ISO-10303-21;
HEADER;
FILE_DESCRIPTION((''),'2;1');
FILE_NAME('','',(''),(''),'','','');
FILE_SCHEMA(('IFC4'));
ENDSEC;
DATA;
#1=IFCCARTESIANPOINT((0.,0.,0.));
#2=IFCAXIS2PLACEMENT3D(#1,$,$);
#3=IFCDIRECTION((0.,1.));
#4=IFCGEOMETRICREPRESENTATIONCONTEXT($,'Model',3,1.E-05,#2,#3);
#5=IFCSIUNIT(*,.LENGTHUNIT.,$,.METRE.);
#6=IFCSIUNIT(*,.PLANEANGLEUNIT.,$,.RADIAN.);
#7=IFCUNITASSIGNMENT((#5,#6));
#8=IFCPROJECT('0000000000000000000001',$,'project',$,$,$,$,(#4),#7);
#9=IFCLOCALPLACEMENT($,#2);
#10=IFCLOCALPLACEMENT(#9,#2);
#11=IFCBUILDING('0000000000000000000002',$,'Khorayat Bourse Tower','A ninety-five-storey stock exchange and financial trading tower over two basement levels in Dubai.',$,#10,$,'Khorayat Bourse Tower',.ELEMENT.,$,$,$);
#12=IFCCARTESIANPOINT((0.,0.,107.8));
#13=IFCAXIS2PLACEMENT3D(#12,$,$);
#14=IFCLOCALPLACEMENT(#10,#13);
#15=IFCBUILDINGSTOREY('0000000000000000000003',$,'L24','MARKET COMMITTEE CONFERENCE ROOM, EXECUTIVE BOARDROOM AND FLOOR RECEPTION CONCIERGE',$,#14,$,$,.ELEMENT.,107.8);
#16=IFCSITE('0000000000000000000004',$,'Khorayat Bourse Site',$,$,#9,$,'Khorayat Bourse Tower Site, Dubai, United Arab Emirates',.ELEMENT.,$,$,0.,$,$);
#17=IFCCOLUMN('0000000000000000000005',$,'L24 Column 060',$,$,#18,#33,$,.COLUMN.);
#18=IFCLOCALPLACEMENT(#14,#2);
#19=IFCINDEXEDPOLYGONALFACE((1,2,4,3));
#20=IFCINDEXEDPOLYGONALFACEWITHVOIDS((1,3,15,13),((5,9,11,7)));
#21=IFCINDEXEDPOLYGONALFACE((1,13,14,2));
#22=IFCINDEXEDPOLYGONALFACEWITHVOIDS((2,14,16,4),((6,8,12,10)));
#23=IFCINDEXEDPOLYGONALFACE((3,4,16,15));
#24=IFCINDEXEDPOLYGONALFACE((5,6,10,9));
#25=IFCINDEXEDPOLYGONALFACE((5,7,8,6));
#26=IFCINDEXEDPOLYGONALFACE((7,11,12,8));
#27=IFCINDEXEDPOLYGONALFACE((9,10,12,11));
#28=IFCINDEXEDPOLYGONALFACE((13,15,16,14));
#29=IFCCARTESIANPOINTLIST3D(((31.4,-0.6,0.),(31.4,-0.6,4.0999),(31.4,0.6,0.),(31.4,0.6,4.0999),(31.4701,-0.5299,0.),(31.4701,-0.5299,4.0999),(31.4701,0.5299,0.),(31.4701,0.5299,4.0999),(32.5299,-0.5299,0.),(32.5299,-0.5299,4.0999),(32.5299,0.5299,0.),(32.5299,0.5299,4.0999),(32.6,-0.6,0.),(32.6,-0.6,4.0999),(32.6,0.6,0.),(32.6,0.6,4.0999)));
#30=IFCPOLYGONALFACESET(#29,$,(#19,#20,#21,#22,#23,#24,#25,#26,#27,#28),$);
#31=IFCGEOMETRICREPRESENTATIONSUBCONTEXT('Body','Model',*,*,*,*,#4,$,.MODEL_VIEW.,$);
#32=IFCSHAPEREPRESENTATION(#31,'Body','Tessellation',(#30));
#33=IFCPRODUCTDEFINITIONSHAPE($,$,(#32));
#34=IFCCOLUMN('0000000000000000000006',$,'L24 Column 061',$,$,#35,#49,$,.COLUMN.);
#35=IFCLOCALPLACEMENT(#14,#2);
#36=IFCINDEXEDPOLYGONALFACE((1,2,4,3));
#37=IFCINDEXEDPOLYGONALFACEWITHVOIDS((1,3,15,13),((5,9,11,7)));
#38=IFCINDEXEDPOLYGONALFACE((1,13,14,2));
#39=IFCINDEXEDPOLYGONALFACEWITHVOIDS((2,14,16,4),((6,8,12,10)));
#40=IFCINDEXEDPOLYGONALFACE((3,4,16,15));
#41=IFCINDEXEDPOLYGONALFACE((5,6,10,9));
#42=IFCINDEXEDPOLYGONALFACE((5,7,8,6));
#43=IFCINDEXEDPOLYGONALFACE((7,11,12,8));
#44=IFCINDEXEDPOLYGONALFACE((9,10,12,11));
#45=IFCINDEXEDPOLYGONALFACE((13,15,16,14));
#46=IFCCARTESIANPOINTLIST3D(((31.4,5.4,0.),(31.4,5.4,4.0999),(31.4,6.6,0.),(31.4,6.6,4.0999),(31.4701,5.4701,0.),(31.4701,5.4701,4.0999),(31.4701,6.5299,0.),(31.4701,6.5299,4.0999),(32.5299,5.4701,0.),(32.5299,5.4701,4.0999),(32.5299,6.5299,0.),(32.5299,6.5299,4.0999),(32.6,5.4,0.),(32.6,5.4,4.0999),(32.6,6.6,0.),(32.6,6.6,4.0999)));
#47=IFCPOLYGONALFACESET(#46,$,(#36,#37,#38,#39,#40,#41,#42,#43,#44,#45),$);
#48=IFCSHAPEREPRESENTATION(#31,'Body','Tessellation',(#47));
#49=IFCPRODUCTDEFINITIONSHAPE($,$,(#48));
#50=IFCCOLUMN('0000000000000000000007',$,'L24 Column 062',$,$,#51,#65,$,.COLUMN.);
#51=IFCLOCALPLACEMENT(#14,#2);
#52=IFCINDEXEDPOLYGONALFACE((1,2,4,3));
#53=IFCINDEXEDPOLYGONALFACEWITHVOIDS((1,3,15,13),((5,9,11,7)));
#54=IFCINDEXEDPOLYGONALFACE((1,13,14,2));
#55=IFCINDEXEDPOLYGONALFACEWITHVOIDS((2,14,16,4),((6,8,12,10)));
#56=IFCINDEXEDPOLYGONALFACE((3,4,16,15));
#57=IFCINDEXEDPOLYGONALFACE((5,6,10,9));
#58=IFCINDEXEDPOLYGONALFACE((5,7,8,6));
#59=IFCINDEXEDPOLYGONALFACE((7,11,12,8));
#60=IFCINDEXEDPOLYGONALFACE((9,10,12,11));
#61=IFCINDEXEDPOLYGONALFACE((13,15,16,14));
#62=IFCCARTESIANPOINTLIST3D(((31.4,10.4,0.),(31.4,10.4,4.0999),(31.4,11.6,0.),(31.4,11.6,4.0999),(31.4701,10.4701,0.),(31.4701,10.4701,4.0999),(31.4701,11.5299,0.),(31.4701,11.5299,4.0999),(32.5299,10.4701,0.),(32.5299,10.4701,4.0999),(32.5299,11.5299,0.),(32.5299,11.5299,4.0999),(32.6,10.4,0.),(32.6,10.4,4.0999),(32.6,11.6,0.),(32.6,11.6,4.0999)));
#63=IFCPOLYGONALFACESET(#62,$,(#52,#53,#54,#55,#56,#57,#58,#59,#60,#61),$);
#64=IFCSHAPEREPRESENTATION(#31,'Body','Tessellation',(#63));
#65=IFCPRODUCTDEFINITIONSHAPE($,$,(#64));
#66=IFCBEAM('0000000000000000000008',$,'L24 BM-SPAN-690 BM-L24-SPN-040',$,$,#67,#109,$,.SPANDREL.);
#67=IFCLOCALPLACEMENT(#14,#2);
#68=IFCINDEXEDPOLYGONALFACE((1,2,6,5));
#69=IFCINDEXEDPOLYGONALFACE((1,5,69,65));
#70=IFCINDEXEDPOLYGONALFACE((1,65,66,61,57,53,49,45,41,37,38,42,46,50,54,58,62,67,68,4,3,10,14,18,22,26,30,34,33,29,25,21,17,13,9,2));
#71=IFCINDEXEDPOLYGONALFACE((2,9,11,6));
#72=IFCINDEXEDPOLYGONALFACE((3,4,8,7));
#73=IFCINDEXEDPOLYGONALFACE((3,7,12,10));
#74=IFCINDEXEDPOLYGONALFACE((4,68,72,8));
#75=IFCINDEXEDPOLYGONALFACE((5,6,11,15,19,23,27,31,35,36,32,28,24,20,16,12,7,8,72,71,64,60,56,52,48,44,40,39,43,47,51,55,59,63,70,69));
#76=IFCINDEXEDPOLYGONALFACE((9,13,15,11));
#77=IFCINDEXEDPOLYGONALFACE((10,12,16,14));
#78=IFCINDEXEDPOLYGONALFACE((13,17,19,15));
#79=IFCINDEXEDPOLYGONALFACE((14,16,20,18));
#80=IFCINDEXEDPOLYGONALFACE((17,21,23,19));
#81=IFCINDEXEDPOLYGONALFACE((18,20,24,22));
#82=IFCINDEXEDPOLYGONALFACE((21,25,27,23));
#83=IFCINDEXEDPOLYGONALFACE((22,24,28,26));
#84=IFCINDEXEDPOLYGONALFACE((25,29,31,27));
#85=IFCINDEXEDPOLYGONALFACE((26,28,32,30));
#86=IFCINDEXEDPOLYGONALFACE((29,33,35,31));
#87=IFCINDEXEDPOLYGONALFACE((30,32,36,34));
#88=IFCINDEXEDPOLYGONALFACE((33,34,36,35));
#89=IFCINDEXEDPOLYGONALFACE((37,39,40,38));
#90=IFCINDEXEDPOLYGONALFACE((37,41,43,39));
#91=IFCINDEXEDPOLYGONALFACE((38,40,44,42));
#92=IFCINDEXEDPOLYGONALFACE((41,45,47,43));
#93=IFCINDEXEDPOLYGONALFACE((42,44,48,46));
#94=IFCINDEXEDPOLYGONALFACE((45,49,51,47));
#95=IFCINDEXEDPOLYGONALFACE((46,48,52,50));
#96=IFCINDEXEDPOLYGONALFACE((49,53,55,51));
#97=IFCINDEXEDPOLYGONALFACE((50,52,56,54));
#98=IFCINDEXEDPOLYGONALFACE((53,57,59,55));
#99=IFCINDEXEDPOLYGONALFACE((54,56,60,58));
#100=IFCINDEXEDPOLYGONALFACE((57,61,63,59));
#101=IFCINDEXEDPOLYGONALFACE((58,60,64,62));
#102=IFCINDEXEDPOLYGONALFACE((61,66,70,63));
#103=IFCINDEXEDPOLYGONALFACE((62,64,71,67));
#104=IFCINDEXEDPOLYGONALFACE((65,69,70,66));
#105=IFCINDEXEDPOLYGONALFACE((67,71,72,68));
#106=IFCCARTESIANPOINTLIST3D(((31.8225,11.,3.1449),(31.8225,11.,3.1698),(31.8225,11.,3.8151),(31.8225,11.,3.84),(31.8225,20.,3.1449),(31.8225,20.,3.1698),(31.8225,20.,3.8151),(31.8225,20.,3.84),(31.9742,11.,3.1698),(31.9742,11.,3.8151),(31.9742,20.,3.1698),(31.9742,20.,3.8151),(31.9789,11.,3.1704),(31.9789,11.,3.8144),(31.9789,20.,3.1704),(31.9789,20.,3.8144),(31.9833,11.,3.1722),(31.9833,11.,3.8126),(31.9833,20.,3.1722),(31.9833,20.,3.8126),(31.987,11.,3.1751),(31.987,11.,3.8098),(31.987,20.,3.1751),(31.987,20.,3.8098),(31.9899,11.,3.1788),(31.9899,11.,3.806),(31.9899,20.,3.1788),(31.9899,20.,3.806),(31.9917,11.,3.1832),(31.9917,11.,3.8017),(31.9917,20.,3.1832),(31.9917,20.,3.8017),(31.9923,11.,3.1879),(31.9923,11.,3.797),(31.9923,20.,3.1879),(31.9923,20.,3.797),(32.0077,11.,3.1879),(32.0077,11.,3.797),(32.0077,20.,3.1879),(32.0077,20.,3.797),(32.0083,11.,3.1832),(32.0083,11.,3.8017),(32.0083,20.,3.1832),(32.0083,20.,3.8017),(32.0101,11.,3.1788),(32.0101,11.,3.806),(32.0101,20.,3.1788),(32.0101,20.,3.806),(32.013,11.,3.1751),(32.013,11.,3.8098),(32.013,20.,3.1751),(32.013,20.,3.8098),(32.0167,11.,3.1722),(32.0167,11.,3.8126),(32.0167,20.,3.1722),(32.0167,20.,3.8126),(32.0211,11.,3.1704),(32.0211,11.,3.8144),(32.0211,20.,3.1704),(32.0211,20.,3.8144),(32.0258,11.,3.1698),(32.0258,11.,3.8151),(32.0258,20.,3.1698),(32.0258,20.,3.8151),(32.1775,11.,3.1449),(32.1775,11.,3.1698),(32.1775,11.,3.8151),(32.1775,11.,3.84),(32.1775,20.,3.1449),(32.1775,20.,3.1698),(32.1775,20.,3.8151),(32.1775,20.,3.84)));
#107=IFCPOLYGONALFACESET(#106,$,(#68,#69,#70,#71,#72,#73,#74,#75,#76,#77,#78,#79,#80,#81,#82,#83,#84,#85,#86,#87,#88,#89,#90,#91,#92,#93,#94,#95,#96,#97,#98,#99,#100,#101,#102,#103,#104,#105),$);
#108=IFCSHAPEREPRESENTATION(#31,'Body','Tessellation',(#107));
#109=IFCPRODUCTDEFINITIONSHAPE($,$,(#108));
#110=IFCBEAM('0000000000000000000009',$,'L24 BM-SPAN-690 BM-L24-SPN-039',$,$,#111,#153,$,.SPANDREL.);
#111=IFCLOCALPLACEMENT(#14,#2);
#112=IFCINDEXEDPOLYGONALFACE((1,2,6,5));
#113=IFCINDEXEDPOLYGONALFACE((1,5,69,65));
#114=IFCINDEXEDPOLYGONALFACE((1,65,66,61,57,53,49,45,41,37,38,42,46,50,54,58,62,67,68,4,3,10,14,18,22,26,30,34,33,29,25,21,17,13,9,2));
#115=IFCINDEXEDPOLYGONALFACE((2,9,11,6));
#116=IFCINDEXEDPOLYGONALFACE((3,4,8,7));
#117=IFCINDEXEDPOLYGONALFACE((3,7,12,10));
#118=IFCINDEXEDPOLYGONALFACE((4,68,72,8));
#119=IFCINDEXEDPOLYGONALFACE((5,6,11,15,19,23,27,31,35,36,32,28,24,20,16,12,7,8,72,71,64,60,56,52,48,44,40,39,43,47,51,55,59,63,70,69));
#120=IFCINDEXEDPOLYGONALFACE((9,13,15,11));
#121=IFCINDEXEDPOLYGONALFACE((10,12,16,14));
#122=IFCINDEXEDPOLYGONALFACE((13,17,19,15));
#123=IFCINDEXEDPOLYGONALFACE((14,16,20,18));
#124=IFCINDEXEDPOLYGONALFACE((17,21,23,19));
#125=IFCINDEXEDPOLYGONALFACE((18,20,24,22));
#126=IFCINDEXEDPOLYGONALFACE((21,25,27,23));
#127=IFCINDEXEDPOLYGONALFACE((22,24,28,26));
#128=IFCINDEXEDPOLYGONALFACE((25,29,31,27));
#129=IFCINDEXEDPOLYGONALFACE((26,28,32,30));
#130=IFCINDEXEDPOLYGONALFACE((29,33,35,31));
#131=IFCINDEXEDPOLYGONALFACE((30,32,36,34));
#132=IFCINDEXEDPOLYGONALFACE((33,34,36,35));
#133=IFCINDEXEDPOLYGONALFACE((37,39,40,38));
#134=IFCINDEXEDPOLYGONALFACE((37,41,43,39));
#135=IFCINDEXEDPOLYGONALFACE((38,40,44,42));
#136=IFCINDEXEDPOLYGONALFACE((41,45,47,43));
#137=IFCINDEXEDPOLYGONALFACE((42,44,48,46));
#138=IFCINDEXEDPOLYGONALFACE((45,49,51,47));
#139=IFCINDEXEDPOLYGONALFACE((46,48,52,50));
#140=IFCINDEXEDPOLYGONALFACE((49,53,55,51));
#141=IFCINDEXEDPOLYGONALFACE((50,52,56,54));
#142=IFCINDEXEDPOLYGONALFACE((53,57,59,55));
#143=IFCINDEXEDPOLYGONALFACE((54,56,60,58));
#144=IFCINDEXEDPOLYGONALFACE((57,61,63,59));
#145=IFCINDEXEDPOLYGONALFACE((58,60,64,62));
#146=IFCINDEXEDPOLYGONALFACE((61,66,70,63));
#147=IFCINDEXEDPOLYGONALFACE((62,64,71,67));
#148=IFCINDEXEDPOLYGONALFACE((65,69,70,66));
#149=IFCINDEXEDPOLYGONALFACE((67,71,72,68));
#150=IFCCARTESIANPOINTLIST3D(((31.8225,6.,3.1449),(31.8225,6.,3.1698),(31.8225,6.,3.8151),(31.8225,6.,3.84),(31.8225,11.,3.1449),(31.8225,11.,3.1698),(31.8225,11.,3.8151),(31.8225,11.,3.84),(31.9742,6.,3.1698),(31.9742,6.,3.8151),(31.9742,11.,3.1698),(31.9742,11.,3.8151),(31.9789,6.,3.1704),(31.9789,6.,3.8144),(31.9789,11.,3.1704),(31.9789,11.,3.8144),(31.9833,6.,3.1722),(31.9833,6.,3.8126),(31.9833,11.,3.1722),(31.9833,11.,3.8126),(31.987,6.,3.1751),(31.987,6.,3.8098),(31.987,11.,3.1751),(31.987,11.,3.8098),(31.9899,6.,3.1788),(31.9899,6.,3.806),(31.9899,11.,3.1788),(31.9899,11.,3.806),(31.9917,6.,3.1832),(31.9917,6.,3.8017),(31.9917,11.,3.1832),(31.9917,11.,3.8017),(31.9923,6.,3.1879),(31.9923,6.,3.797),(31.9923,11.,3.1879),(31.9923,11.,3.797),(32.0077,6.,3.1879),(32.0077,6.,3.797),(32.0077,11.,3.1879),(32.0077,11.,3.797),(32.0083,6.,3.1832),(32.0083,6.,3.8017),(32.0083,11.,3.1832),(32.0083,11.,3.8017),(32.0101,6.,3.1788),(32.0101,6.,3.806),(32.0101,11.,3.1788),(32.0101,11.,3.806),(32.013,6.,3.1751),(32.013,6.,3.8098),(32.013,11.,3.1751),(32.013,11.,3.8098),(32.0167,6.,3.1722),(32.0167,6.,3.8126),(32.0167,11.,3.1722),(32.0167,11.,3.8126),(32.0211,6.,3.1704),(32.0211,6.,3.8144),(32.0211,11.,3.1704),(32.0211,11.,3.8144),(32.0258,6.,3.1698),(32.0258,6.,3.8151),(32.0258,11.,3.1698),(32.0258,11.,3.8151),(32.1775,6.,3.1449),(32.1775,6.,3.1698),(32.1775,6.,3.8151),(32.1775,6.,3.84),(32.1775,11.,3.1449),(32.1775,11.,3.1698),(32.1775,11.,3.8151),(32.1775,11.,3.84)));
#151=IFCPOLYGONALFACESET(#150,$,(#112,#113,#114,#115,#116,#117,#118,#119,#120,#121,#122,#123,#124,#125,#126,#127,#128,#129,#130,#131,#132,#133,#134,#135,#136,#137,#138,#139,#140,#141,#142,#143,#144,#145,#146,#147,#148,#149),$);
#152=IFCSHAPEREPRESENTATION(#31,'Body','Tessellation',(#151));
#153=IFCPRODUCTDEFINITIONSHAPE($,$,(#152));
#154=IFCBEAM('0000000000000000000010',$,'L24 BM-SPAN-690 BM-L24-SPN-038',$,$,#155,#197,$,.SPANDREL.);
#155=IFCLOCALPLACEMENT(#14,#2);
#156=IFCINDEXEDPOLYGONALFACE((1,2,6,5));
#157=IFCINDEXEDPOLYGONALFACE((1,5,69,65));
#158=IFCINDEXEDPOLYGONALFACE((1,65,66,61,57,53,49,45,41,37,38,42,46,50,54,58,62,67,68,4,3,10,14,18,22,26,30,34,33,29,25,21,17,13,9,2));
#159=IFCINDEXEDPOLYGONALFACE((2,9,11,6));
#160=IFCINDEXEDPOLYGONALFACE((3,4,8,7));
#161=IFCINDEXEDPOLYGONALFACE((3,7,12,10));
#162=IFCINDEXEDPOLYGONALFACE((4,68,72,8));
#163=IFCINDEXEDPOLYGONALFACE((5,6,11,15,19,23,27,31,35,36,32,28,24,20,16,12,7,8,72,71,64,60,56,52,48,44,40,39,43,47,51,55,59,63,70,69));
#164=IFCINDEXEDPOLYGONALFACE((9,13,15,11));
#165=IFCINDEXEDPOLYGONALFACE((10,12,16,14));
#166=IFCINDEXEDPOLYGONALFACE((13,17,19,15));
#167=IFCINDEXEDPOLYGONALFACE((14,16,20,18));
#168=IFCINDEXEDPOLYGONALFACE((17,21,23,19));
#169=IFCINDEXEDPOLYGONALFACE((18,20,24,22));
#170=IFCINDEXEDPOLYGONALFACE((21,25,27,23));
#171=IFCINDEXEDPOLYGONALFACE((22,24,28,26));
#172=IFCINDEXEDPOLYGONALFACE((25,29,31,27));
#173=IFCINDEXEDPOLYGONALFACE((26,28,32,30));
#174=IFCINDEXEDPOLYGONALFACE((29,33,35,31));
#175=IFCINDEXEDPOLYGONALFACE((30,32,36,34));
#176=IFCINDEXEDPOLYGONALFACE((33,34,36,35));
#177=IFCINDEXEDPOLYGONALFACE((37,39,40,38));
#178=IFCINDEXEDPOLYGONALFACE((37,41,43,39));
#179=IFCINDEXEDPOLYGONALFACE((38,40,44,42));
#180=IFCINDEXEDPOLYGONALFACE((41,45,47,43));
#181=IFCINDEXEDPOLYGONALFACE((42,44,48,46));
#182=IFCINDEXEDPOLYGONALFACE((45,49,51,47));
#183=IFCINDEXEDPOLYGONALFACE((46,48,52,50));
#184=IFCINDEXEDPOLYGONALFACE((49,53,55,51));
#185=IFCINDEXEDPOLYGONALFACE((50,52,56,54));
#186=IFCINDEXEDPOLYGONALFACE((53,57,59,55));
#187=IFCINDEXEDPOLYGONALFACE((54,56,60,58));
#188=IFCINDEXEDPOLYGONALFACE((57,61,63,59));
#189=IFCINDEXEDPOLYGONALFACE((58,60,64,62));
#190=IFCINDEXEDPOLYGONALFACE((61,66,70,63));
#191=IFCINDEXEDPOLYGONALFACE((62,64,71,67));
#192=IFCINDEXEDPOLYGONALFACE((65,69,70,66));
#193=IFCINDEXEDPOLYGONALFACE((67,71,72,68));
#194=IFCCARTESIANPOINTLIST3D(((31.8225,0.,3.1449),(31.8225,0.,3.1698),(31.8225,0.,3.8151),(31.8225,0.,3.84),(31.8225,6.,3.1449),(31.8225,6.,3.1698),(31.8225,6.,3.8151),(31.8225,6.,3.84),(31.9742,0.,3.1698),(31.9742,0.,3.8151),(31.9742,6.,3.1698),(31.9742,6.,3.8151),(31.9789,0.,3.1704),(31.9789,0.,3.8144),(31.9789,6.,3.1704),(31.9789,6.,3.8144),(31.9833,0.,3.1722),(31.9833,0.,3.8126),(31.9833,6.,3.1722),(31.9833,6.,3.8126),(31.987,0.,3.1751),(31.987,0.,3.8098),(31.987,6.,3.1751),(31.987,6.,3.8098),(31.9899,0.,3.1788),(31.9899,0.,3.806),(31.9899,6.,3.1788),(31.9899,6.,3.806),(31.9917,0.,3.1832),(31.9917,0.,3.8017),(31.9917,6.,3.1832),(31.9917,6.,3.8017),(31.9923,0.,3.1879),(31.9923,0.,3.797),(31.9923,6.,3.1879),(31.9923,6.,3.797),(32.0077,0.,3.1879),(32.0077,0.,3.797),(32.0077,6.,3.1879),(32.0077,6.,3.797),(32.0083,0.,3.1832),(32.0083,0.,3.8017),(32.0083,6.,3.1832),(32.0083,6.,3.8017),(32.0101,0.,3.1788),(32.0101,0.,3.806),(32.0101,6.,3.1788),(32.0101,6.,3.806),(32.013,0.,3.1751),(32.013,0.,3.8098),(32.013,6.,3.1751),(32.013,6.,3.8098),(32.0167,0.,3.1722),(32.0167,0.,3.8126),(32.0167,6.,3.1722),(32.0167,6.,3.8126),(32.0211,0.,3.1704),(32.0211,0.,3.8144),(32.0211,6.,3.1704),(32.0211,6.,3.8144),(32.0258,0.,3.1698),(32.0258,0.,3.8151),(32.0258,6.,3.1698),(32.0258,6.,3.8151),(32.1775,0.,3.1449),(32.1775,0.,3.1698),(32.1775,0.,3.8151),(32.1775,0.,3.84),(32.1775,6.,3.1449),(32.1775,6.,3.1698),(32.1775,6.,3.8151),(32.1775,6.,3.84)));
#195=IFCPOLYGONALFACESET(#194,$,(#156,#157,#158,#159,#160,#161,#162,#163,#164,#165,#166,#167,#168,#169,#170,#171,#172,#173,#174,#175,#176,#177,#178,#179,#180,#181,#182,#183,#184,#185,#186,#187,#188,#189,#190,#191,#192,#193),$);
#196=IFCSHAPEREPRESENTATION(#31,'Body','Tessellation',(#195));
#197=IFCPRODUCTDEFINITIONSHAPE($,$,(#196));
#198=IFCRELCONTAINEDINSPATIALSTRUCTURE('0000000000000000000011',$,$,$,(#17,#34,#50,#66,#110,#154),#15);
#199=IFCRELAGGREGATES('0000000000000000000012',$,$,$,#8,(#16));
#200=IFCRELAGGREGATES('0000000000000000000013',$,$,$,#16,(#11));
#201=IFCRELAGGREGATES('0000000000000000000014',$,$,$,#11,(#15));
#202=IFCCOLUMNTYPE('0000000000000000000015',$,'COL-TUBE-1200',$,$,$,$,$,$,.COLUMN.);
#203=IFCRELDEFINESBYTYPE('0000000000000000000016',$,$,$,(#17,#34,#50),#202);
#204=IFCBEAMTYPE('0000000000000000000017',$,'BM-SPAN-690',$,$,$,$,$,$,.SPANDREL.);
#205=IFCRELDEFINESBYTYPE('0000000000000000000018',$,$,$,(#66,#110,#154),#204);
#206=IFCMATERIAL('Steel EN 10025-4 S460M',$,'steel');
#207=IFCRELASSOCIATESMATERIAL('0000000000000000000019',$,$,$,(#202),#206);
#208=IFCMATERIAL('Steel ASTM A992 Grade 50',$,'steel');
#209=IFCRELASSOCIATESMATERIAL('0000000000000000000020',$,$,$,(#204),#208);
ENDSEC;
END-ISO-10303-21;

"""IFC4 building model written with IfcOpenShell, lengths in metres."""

from ifc_helpers import new_model, si_unit, direction, frame, origin, origin_2d, place, context, subcontext, project, spatial, hollow_rectangle, i_section, extrude, source, transform, mapped, material, material_profile, profile_set, type_object, element, save


model = new_model("IFC4")

# Units and contexts
model_context = context("Model", 3, precision=1e-05, world=origin(), true_north=direction((0.0, 1.0)))
body_context = subcontext(model_context, "Body", "Model", "MODEL_VIEW")
ifc_project = project(units=[si_unit("LENGTHUNIT", "METRE"), si_unit("PLANEANGLEUNIT", "RADIAN")], contexts=[model_context])

# Site, building, storey
site_placement = place(None, origin())
site = spatial("IfcSite", under=ifc_project, at=site_placement, Name="Khorayat Bourse Site", LongName="Khorayat Bourse Tower Site, Dubai, United Arab Emirates", CompositionType="ELEMENT", RefElevation=0.0)
building_placement = place(site_placement, origin())
building = spatial("IfcBuilding", under=site, at=building_placement, Name="Khorayat Bourse Tower", Description="A ninety-five-storey stock exchange and financial trading tower over two basement levels in Dubai.", LongName="Khorayat Bourse Tower", CompositionType="ELEMENT")
storey_placement = place(building_placement, frame((0.0, 0.0, 107.8)))
storey = spatial("IfcBuildingStorey", under=building, at=storey_placement, Name="L24", Description="MARKET COMMITTEE CONFERENCE ROOM, EXECUTIVE BOARDROOM AND FLOOR RECEPTION CONCIERGE", CompositionType="ELEMENT", Elevation=107.8)

# Columns
ifc_material_1 = material(Name="Steel EN 10025-4 S460M", Category="steel")
ifc_material_profile_1 = material_profile(ifc_material_1, hollow_rectangle(XDim=1.2, YDim=1.2, WallThickness=0.0701, at=origin_2d()), Name="BOX 1200x1200x70")
ifc_profile_set_1 = profile_set([ifc_material_profile_1], Name="Steel EN 10025-4 S460M")
column_type = type_object("IfcColumnType", Name="COL-TUBE-1200", PredefinedType="COLUMN", material=ifc_profile_set_1)
shared_shape_1 = source(origin(), body_context, "Body", "SweptSolid", [
    extrude(hollow_rectangle(XDim=1.2, YDim=1.2, WallThickness=0.0701, at=origin_2d()), origin(), (0.0, 0.0, 1.0), 4.0999),
])
for number, where, z_axis, x_axis, name in (
    (1, (32.0, 0.0, 0.0), (0.0, 0.0, 1.0), (1.0, 0.0, 0.0), "L24 Column 060"),
    (2, (32.0, 6.0, 0.0), (0.0, 0.0, 1.0), (1.0, 0.0, 0.0), "L24 Column 061"),
    (3, (32.0, 11.0, 0.0), (0.0, 0.0, 1.0), (1.0, 0.0, 0.0), "L24 Column 062"),
):
    element("IfcColumn", number, at=place(storey_placement, frame(where, z_axis=z_axis, x_axis=x_axis)), inside=storey, type_object=column_type, Name=name, PredefinedType="COLUMN", context=body_context, shape_type="MappedRepresentation", body=[
        mapped(shared_shape_1, transform((0.0, 0.0, 0.0), scale=1.0)),
    ])

# Beams
ifc_material_2 = material(Name="Steel ASTM A992 Grade 50", Category="steel")
ifc_material_profile_2 = material_profile(ifc_material_2, i_section(OverallWidth=0.355, OverallDepth=0.6951, WebThickness=0.0154, FlangeThickness=0.0249, FilletRadius=0.0181, at=origin_2d()), Name="W690X217")
ifc_profile_set_2 = profile_set([ifc_material_profile_2], Name="Steel ASTM A992 Grade 50")
beam_type_1 = type_object("IfcBeamType", Name="BM-SPAN-690", PredefinedType="SPANDREL", material=ifc_profile_set_2)
shared_shape_2 = source(origin(), body_context, "Body", "SweptSolid", [
    extrude(i_section(OverallWidth=0.355, OverallDepth=0.6951, WebThickness=0.0154, FlangeThickness=0.0249, FilletRadius=0.0181, at=origin_2d()), origin(), (0.0, 0.0, 1.0), 9.0),
])
beam_1_placement = place(storey_placement, frame((32.0, 11.0, 3.4924), z_axis=(0.0, 1.0, 0.0), x_axis=(-1.0, 0.0, 0.0)))
element("IfcBeam", 4, at=beam_1_placement, inside=storey, type_object=beam_type_1, Name="L24 BM-SPAN-690 BM-L24-SPN-040", PredefinedType="SPANDREL", context=body_context, shape_type="MappedRepresentation", body=[
    mapped(shared_shape_2, transform((0.0, 0.0, 0.0), scale=1.0)),
])
shared_shape_3 = source(origin(), body_context, "Body", "SweptSolid", [
    extrude(i_section(OverallWidth=0.355, OverallDepth=0.6951, WebThickness=0.0154, FlangeThickness=0.0249, FilletRadius=0.0181, at=origin_2d()), origin(), (0.0, 0.0, 1.0), 5.0),
])
beam_2_placement = place(storey_placement, frame((32.0, 6.0, 3.4924), z_axis=(0.0, 1.0, 0.0), x_axis=(-1.0, 0.0, 0.0)))
element("IfcBeam", 5, at=beam_2_placement, inside=storey, type_object=beam_type_1, Name="L24 BM-SPAN-690 BM-L24-SPN-039", PredefinedType="SPANDREL", context=body_context, shape_type="MappedRepresentation", body=[
    mapped(shared_shape_3, transform((0.0, 0.0, 0.0), scale=1.0)),
])
shared_shape_4 = source(origin(), body_context, "Body", "SweptSolid", [
    extrude(i_section(OverallWidth=0.355, OverallDepth=0.6951, WebThickness=0.0154, FlangeThickness=0.0249, FilletRadius=0.0181, at=origin_2d()), origin(), (0.0, 0.0, 1.0), 6.0),
])
beam_3_placement = place(storey_placement, frame((32.0, 0.0, 3.4924), z_axis=(0.0, 1.0, 0.0), x_axis=(-1.0, 0.0, 0.0)))
element("IfcBeam", 6, at=beam_3_placement, inside=storey, type_object=beam_type_1, Name="L24 BM-SPAN-690 BM-L24-SPN-038", PredefinedType="SPANDREL", context=body_context, shape_type="MappedRepresentation", body=[
    mapped(shared_shape_4, transform((0.0, 0.0, 0.0), scale=1.0)),
])

save(model, "model.ifc")
